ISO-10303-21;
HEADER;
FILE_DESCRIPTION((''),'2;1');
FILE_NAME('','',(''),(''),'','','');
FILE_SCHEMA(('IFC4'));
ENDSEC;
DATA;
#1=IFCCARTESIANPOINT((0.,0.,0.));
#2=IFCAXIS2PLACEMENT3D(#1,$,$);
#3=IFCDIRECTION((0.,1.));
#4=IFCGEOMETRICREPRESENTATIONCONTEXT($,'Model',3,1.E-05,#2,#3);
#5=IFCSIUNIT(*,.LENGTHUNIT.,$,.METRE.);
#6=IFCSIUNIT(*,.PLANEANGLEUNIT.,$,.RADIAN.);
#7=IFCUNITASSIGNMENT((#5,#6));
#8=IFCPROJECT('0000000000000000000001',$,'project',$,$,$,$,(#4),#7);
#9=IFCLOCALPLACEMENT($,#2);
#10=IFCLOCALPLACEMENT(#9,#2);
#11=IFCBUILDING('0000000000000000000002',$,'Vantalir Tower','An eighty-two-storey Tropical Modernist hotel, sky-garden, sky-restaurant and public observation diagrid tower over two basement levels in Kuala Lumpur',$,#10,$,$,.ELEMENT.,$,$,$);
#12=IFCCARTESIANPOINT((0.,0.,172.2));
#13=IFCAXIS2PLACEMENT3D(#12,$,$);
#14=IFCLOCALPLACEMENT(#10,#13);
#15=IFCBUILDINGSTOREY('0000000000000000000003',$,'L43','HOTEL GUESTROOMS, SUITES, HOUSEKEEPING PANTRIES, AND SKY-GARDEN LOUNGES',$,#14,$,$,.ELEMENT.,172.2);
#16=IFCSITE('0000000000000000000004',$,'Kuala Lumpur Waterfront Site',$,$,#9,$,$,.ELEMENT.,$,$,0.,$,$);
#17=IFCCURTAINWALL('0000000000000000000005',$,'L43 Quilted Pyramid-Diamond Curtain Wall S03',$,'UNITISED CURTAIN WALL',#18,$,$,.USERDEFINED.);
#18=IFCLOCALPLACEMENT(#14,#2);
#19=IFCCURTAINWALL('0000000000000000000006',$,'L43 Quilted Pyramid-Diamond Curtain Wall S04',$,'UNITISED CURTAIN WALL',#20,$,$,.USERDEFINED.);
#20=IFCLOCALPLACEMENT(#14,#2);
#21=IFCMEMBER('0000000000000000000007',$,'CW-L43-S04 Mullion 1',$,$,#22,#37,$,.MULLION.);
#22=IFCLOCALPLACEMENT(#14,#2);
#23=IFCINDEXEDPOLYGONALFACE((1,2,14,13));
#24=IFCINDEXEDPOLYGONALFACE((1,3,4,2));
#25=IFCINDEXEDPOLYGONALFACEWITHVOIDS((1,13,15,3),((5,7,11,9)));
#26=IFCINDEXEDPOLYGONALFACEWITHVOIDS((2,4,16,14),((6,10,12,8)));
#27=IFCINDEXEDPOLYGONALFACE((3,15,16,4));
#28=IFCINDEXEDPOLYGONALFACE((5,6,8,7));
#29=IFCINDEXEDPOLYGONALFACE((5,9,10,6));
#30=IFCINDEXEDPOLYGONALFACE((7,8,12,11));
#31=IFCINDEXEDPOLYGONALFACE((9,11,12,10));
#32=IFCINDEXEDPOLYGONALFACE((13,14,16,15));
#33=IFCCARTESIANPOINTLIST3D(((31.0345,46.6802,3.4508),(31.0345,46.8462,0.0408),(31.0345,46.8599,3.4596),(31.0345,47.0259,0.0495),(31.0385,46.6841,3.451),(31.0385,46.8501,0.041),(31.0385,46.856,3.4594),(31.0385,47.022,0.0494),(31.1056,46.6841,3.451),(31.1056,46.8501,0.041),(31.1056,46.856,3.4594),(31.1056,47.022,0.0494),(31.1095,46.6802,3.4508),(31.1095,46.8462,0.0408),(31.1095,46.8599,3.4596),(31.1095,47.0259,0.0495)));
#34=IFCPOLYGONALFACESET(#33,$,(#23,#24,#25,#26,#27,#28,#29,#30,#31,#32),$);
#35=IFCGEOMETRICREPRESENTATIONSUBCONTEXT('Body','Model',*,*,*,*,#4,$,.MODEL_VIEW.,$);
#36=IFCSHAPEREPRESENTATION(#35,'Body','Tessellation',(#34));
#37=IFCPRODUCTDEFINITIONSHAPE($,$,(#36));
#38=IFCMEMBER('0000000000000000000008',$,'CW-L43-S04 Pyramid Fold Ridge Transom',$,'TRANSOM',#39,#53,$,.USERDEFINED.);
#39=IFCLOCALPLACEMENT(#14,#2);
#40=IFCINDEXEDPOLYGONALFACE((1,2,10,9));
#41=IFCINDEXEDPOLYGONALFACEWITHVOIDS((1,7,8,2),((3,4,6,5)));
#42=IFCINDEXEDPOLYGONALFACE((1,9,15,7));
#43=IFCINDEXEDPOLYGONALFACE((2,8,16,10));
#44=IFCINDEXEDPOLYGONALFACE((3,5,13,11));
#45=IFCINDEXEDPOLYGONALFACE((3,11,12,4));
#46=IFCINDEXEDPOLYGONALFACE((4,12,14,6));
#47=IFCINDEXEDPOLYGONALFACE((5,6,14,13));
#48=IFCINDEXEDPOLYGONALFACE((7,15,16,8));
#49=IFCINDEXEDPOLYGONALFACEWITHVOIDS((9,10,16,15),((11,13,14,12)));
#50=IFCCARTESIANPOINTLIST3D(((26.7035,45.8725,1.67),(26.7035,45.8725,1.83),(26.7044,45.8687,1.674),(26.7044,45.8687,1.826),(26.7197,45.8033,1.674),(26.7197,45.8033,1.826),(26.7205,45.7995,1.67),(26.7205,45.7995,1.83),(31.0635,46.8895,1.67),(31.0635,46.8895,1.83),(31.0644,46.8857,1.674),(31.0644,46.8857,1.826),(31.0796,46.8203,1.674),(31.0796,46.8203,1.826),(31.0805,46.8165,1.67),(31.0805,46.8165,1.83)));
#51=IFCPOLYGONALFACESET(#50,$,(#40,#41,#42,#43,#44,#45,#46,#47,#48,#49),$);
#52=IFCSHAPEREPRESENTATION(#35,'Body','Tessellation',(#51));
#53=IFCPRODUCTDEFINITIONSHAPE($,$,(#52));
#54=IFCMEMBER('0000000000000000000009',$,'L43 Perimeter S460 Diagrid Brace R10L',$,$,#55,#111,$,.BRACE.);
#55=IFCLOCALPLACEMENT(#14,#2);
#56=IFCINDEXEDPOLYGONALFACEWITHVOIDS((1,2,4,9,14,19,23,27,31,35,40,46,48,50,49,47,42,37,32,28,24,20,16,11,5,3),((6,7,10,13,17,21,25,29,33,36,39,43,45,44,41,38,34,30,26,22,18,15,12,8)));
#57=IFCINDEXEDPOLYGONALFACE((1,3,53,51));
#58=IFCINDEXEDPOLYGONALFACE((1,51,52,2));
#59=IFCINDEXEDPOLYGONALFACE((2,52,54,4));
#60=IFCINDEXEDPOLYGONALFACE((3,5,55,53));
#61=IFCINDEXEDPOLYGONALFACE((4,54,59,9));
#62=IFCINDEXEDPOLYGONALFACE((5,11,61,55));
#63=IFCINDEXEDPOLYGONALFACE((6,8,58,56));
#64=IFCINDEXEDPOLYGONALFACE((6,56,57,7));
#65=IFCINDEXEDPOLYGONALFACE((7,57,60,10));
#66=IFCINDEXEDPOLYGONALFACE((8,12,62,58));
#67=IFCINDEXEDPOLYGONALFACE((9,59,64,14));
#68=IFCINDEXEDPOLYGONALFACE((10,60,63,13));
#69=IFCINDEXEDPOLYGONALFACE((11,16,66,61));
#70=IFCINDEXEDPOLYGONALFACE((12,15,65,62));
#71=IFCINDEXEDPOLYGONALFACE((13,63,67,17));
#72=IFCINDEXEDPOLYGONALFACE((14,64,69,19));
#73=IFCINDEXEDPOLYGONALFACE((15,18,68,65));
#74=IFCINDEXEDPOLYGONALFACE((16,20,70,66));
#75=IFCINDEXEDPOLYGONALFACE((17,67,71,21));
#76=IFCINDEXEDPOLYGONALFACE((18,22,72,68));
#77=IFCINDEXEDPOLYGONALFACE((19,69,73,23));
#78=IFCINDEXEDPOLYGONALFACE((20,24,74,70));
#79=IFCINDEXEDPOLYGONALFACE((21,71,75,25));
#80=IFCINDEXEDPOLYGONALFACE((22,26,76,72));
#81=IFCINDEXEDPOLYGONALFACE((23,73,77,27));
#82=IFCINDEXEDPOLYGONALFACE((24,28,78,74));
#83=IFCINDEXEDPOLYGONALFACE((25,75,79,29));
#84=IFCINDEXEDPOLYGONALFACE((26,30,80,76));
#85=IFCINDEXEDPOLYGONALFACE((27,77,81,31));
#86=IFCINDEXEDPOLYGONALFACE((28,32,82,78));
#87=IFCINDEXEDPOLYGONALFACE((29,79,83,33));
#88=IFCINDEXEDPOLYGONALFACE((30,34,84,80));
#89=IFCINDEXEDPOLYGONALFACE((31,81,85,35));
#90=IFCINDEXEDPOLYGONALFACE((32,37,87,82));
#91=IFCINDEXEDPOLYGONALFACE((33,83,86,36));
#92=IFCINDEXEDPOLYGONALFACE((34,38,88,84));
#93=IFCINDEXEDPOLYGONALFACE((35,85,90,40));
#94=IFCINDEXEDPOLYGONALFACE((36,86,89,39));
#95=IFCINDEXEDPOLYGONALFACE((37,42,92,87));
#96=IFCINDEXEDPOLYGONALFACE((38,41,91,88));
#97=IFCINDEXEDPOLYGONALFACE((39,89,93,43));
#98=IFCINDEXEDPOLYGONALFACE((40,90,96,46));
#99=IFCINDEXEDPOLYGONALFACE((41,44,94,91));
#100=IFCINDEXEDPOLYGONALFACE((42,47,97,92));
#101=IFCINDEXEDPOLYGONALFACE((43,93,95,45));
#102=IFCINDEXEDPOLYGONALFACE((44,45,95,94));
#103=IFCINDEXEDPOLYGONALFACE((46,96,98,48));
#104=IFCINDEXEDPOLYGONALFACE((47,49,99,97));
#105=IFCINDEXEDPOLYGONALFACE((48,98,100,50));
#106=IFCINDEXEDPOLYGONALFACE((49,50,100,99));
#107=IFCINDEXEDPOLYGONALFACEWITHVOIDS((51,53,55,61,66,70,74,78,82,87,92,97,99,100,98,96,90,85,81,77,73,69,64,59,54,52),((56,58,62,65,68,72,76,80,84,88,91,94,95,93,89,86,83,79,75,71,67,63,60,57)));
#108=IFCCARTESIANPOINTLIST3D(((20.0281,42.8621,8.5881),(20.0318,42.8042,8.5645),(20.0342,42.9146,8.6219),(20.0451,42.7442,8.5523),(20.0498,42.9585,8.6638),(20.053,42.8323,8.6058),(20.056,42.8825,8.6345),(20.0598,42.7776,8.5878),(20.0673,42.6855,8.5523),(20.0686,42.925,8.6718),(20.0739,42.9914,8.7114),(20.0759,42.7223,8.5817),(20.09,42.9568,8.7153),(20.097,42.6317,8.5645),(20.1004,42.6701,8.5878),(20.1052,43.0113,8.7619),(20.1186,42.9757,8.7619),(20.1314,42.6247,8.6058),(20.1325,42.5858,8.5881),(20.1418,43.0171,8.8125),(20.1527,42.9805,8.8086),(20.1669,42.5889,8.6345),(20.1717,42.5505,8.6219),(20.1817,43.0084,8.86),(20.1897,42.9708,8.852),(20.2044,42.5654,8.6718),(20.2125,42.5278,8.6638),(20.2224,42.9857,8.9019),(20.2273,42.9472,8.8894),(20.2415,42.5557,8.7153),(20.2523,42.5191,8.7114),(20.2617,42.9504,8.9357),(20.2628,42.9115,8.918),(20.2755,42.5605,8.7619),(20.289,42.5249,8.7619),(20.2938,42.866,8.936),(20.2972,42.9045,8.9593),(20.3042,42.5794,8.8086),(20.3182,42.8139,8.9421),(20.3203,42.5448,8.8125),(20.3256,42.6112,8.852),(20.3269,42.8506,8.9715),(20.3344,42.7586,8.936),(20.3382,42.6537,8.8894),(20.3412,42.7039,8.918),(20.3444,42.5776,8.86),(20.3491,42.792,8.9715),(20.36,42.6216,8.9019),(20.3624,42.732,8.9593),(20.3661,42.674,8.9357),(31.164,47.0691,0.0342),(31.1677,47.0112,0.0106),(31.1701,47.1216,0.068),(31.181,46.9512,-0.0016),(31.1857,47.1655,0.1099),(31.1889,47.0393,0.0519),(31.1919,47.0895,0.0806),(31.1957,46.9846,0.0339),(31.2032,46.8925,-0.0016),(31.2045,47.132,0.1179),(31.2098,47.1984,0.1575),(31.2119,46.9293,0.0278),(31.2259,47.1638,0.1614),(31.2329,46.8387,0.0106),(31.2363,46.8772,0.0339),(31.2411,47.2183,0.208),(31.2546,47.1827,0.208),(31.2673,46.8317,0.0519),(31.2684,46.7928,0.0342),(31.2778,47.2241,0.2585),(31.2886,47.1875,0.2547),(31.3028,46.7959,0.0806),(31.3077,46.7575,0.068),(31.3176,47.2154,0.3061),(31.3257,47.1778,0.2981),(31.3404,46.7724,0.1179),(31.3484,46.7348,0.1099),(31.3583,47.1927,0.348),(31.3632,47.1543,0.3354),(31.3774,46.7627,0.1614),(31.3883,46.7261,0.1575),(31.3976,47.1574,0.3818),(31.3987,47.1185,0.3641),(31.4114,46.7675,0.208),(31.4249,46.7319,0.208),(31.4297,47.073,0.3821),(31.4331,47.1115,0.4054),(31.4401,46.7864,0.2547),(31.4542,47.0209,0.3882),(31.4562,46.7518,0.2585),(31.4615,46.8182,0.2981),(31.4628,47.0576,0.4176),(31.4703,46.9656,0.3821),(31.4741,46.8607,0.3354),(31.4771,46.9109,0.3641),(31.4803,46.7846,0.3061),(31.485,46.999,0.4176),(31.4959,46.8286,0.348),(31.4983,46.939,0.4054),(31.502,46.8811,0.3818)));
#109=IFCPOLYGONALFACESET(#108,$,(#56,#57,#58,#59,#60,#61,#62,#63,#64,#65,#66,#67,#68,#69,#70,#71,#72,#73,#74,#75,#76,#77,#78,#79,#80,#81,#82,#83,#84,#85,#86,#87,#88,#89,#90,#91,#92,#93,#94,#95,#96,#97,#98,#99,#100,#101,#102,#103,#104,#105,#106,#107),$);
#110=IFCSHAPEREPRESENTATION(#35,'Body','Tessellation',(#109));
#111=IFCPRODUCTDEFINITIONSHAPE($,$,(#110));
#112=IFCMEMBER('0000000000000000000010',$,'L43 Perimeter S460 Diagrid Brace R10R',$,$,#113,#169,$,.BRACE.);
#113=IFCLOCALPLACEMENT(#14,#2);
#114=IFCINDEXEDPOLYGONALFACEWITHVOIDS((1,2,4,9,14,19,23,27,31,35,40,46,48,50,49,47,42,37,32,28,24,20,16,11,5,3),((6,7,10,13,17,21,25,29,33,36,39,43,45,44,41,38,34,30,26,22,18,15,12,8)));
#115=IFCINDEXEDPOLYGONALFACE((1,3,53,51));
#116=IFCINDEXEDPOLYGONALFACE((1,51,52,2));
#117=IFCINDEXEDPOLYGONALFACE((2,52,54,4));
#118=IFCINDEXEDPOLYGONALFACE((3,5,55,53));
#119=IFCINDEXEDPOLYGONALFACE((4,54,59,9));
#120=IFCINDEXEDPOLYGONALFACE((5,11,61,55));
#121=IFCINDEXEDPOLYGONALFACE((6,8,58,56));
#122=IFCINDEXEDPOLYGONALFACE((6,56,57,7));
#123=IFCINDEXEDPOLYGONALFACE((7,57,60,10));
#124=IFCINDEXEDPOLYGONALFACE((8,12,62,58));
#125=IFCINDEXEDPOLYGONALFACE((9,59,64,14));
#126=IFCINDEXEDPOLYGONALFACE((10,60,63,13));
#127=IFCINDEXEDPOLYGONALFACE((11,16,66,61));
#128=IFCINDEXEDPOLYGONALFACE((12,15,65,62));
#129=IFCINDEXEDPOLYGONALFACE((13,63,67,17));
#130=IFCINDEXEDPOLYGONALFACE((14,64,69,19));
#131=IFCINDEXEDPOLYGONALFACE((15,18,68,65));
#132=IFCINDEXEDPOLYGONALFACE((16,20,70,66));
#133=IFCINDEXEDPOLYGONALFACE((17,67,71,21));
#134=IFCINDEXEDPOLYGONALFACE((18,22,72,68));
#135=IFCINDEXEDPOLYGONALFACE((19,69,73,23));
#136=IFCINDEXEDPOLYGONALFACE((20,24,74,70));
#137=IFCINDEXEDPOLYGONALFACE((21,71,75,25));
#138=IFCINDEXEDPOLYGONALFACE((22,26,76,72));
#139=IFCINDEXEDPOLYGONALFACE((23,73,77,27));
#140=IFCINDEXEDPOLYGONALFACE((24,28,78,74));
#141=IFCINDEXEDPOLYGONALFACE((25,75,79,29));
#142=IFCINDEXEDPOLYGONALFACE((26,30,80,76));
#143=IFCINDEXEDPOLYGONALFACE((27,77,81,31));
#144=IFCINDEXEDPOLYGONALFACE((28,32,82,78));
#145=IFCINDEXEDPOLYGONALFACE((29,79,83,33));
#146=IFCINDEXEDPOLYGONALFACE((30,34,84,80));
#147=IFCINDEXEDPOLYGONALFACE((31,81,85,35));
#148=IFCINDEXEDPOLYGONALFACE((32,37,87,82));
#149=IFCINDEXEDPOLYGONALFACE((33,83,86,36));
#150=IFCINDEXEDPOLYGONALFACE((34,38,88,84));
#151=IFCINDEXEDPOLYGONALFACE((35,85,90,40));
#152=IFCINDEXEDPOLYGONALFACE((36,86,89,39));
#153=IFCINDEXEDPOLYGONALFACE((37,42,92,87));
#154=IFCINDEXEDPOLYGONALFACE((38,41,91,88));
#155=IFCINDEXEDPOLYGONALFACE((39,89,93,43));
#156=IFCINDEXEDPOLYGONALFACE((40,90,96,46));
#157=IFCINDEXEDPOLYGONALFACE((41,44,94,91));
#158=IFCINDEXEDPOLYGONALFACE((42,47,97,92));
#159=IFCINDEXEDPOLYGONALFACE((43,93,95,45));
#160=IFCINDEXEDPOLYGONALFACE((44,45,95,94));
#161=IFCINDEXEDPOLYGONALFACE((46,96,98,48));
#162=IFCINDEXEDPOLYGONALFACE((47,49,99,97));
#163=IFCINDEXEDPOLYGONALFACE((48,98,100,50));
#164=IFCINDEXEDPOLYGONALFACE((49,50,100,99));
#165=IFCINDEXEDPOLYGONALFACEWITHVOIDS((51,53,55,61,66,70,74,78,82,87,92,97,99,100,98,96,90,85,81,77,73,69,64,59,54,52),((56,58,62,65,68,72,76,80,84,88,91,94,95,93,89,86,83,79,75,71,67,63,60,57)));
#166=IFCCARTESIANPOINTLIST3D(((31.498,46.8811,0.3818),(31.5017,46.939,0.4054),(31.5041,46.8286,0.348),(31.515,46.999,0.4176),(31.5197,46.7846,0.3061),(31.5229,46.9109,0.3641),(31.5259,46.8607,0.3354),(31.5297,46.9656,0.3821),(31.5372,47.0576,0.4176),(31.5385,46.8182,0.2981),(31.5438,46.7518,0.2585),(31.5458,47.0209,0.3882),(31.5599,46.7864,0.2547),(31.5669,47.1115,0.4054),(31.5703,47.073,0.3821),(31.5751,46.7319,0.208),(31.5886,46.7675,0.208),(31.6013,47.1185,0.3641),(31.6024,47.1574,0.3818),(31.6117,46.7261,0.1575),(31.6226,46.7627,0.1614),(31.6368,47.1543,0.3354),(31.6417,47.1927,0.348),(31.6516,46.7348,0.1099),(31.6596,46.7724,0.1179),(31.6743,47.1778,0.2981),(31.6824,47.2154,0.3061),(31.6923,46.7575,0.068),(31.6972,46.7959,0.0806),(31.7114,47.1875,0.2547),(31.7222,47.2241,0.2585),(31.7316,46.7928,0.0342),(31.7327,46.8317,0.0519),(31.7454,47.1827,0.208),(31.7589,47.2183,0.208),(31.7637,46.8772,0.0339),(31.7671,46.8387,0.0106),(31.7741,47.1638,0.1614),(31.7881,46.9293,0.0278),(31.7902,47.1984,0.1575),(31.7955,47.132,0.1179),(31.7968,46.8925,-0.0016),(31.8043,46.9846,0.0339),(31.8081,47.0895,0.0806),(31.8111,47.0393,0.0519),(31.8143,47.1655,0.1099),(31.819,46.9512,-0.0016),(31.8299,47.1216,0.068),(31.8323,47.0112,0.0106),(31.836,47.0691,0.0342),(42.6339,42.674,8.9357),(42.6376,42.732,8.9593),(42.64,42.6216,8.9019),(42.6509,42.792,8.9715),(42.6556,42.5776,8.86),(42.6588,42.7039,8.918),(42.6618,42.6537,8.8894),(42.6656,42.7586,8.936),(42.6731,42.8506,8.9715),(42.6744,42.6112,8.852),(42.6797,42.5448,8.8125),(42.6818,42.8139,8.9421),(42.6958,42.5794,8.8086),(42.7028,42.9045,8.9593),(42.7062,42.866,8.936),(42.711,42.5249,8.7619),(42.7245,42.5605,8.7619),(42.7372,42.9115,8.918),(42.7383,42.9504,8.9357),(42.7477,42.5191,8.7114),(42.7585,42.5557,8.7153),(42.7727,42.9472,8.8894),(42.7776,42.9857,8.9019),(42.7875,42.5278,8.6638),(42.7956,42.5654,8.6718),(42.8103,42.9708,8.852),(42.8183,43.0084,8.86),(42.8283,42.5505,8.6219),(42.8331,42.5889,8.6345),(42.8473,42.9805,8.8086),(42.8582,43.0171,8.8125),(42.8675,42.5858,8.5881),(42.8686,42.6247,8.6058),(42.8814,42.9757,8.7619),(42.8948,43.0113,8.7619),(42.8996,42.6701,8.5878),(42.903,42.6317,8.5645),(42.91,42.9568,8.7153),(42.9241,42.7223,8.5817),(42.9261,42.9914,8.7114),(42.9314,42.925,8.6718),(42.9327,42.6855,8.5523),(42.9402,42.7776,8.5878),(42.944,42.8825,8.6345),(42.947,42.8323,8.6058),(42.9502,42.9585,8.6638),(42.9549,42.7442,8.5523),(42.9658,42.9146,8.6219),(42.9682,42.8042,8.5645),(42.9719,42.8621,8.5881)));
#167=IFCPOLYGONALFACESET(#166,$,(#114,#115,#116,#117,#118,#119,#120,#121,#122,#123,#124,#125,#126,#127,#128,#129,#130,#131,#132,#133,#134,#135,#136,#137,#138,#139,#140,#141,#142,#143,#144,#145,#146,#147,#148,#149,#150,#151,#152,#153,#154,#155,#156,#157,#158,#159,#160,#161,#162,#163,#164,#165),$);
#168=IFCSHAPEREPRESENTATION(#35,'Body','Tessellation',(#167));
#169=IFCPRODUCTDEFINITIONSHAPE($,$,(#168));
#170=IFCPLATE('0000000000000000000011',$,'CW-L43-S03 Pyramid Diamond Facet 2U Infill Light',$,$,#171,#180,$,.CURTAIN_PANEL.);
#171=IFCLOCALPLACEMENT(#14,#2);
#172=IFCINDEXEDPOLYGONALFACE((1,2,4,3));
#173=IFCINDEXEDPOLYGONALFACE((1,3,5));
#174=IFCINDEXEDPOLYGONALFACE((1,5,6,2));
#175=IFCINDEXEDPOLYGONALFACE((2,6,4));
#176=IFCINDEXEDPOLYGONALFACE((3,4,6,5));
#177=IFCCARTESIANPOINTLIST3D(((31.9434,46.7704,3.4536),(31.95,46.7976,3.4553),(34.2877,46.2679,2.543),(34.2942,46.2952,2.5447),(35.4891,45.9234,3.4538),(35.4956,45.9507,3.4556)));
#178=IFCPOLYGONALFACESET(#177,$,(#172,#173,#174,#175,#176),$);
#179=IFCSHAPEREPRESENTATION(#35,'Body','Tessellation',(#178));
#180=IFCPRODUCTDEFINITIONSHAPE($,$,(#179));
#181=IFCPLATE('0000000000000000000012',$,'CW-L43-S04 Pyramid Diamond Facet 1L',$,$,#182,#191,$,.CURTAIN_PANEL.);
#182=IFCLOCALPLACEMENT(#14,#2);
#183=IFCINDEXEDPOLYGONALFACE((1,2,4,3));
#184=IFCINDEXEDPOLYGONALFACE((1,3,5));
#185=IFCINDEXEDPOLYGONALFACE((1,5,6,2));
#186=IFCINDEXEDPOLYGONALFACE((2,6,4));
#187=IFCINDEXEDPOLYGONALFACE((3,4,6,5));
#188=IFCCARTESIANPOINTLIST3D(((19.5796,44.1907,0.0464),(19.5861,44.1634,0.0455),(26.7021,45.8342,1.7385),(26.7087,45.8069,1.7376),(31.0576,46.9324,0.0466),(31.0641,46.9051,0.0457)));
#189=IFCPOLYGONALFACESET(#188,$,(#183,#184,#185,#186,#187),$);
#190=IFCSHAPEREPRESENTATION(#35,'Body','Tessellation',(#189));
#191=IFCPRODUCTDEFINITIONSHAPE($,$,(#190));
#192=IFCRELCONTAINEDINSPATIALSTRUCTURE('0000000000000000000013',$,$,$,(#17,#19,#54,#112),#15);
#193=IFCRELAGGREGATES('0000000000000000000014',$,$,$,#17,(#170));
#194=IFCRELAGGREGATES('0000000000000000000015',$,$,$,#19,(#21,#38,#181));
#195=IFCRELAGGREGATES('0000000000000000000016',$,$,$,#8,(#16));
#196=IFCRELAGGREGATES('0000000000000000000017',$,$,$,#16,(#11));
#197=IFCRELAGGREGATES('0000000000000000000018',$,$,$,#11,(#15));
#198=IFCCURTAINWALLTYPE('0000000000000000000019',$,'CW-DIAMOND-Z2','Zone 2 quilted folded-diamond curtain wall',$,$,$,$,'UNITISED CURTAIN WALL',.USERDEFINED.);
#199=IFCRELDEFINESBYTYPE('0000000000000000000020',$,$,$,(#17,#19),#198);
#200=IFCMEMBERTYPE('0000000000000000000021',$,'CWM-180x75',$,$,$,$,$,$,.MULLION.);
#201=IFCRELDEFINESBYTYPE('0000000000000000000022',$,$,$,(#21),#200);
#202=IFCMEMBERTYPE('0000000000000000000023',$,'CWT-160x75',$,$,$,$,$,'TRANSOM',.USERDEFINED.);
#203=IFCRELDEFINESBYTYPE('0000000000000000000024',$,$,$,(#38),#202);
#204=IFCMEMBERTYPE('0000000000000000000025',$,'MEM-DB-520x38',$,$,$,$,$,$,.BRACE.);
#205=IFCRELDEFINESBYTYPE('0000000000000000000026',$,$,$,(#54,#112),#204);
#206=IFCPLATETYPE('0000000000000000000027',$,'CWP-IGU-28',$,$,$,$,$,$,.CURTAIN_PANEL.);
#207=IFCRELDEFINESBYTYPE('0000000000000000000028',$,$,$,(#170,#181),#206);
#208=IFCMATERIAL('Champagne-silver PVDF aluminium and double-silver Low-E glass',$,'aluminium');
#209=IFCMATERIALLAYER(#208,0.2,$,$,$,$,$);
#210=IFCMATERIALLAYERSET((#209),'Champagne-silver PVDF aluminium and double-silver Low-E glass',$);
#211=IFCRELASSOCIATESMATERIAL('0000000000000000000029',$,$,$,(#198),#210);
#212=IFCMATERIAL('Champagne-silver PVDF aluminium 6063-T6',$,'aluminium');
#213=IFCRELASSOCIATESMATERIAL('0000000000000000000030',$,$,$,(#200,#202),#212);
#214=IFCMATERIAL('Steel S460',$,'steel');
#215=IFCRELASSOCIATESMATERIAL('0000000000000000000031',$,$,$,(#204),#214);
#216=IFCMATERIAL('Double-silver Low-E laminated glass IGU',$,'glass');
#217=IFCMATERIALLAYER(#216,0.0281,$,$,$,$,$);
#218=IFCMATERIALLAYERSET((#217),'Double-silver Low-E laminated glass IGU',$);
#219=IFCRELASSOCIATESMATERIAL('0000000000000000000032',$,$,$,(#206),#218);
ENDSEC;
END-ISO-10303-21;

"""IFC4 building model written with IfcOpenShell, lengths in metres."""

from ifc_helpers import new_model, si_unit, direction, frame, origin, origin_2d, place, context, subcontext, project, spatial, polyline, hollow_rectangle, hollow_circle, outline, extrude, material, layer, layer_set, material_profile, profile_set, type_object, element, aggregate, save


model = new_model("IFC4")

# Units and contexts
model_context = context("Model", 3, precision=1e-05, world=origin(), true_north=direction((0.0, 1.0)))
body_context = subcontext(model_context, "Body", "Model", "MODEL_VIEW")
ifc_project = project(units=[si_unit("LENGTHUNIT", "METRE"), si_unit("PLANEANGLEUNIT", "RADIAN")], contexts=[model_context])

# Site, building, storey
site_placement = place(None, origin())
site = spatial("IfcSite", under=ifc_project, at=site_placement, Name="Kuala Lumpur Waterfront Site", CompositionType="ELEMENT", RefElevation=0.0)
building_placement = place(site_placement, origin())
building = spatial("IfcBuilding", under=site, at=building_placement, Name="Vantalir Tower", Description="An eighty-two-storey Tropical Modernist hotel, sky-garden, sky-restaurant and public observation diagrid tower over two basement levels in Kuala Lumpur", CompositionType="ELEMENT")
storey_placement = place(building_placement, frame((0.0, 0.0, 172.2)))
storey = spatial("IfcBuildingStorey", under=building, at=storey_placement, Name="L43", Description="HOTEL GUESTROOMS, SUITES, HOUSEKEEPING PANTRIES, AND SKY-GARDEN LOUNGES", CompositionType="ELEMENT", Elevation=172.2)

# Shared definitions
ifc_material_1 = material(Name="Steel S460", Category="steel")

# Curtain wall
ifc_material_2 = material(Name="Champagne-silver PVDF aluminium and double-silver Low-E glass", Category="aluminium")
ifc_layer_1 = layer(ifc_material_2, 0.2)
ifc_layer_set_1 = layer_set([ifc_layer_1], Name="Champagne-silver PVDF aluminium and double-silver Low-E glass")
curtain_wall_type = type_object("IfcCurtainWallType", Name="CW-DIAMOND-Z2", Description="Zone 2 quilted folded-diamond curtain wall", ElementType="UNITISED CURTAIN WALL", PredefinedType="USERDEFINED", material=ifc_layer_set_1)
curtain_wall_1_placement = place(storey_placement, origin())
curtain_wall_1 = element("IfcCurtainWall", 1, at=curtain_wall_1_placement, inside=storey, type_object=curtain_wall_type, Name="L43 Quilted Pyramid-Diamond Curtain Wall S03", ObjectType="UNITISED CURTAIN WALL", PredefinedType="USERDEFINED")
ifc_material_3 = material(Name="Champagne-silver PVDF aluminium 6063-T6", Category="aluminium")
ifc_material_profile_1 = material_profile(ifc_material_3, hollow_rectangle(XDim=0.075, YDim=0.1799, WallThickness=0.0039, at=origin_2d()), Name="Champagne-silver PVDF aluminium 6063-T6")
ifc_profile_set_1 = profile_set([ifc_material_profile_1], Name="Champagne-silver PVDF aluminium 6063-T6")
member_type_1 = type_object("IfcMemberType", Name="CWM-180x75", PredefinedType="MULLION", material=ifc_profile_set_1)

# Curtain wall, members
curtain_wall_2_placement = place(storey_placement, origin())
curtain_wall_2 = element("IfcCurtainWall", 2, at=curtain_wall_2_placement, inside=storey, type_object=curtain_wall_type, Name="L43 Quilted Pyramid-Diamond Curtain Wall S04", ObjectType="UNITISED CURTAIN WALL", PredefinedType="USERDEFINED")
member_1_placement = place(storey_placement, frame((31.072, 46.936, 0.0452), z_axis=(0.0, -0.048629, 0.998817), x_axis=(1.0, 0.0, 0.0)))
member_1 = element("IfcMember", 3, at=member_1_placement, type_object=member_type_1, Name="CW-L43-S04 Mullion 1", PredefinedType="MULLION", context=body_context, shape_type="SweptSolid", body=[
    extrude(hollow_rectangle(XDim=0.075, YDim=0.1799, WallThickness=0.0039, at=origin_2d()), origin(), (0.0, 0.0, 1.0), 3.4141),
])
ifc_material_profile_2 = material_profile(ifc_material_3, hollow_rectangle(XDim=0.075, YDim=0.1599, WallThickness=0.0039, at=origin_2d()), Name="Champagne-silver PVDF aluminium 6063-T6")
ifc_profile_set_2 = profile_set([ifc_material_profile_2], Name="Champagne-silver PVDF aluminium 6063-T6")
member_type_2 = type_object("IfcMemberType", Name="CWT-160x75", ElementType="TRANSOM", PredefinedType="USERDEFINED", material=ifc_profile_set_2)
member_2_placement = place(storey_placement, frame((31.072, 46.853, 1.75), z_axis=(-0.973854, -0.227173, 0.0), x_axis=(0.227173, -0.973854, 0.0)))
member_2 = element("IfcMember", 4, at=member_2_placement, type_object=member_type_2, Name="CW-L43-S04 Pyramid Fold Ridge Transom", ObjectType="TRANSOM", PredefinedType="USERDEFINED", context=body_context, shape_type="SweptSolid", body=[
    extrude(hollow_rectangle(XDim=0.075, YDim=0.1599, WallThickness=0.0039, at=origin_2d()), origin(), (0.0, 0.0, 1.0), 4.4771),
])

# Members
ifc_material_profile_3 = material_profile(ifc_material_1, hollow_circle(Radius=0.26, WallThickness=0.0381, at=origin_2d()), Name="Steel S460")
ifc_profile_set_3 = profile_set([ifc_material_profile_3], Name="Steel S460")
member_type_3 = type_object("IfcMemberType", Name="MEM-DB-520x38", PredefinedType="BRACE", material=ifc_profile_set_3)
for number, where, z_axis, x_axis, name in (
    (5, (31.333, 46.9751, 0.208), (-0.759681, -0.286998, 0.583539), (0.353408, -0.935469, 0.0), "L43 Perimeter S460 Diagrid Brace R10L"),
    (6, (31.667, 46.9751, 0.208), (0.759681, -0.286998, 0.583539), (0.353408, 0.935469, 0.0), "L43 Perimeter S460 Diagrid Brace R10R"),
):
    element("IfcMember", number, at=place(storey_placement, frame(where, z_axis=z_axis, x_axis=x_axis)), inside=storey, type_object=member_type_3, Name=name, PredefinedType="BRACE", context=body_context, shape_type="SweptSolid", body=[
        extrude(hollow_circle(Radius=0.26, WallThickness=0.0381, at=origin_2d()), origin(), (0.0, 0.0, 1.0), 14.6587),
    ])

# Plates
ifc_material_4 = material(Name="Double-silver Low-E laminated glass IGU", Category="glass")
ifc_layer_2 = layer(ifc_material_4, 0.0281)
ifc_layer_set_2 = layer_set([ifc_layer_2], Name="Double-silver Low-E laminated glass IGU")
plate_type_1 = type_object("IfcPlateType", Name="CWP-IGU-28", PredefinedType="CURTAIN_PANEL", material=ifc_layer_set_2)
plate_1_placement = place(storey_placement, frame((35.4956, 45.9507, 3.4556), z_axis=(0.231886, 0.97081, 0.061298), x_axis=(-0.972638, 0.232327, -0.000067)))
plate_1 = element("IfcPlate", 7, at=plate_1_placement, type_object=plate_type_1, Name="CW-L43-S03 Pyramid Diamond Facet 2U Infill Light", PredefinedType="CURTAIN_PANEL", context=body_context, shape_type="SweptSolid", body=[
    extrude(outline(polyline([(0.0, 0.0), (3.6454, 0.0), (1.2486, -0.9125), (0.0, 0.0)])), origin(), (0.0, 0.0, -1.0), 0.0281),
])
aggregate(curtain_wall_1, [plate_1])
plate_2_placement = place(storey_placement, frame((31.0576, 46.9324, 0.0466), z_axis=(-0.232202, 0.972101, 0.033194), x_axis=(-0.972637, -0.232329, -0.000021)))
plate_2 = element("IfcPlate", 8, at=plate_2_placement, type_object=plate_type_1, Name="CW-L43-S04 Pyramid Diamond Facet 1L", PredefinedType="CURTAIN_PANEL", context=body_context, shape_type="SweptSolid", body=[
    extrude(outline(polyline([(0.0, 0.0), (11.8009, 0.0), (4.4914, 1.6929), (0.0, 0.0)])), origin(), (0.0, 0.0, -1.0), 0.0281),
])
aggregate(curtain_wall_2, [member_1, member_2, plate_2])

save(model, "model.ifc")
